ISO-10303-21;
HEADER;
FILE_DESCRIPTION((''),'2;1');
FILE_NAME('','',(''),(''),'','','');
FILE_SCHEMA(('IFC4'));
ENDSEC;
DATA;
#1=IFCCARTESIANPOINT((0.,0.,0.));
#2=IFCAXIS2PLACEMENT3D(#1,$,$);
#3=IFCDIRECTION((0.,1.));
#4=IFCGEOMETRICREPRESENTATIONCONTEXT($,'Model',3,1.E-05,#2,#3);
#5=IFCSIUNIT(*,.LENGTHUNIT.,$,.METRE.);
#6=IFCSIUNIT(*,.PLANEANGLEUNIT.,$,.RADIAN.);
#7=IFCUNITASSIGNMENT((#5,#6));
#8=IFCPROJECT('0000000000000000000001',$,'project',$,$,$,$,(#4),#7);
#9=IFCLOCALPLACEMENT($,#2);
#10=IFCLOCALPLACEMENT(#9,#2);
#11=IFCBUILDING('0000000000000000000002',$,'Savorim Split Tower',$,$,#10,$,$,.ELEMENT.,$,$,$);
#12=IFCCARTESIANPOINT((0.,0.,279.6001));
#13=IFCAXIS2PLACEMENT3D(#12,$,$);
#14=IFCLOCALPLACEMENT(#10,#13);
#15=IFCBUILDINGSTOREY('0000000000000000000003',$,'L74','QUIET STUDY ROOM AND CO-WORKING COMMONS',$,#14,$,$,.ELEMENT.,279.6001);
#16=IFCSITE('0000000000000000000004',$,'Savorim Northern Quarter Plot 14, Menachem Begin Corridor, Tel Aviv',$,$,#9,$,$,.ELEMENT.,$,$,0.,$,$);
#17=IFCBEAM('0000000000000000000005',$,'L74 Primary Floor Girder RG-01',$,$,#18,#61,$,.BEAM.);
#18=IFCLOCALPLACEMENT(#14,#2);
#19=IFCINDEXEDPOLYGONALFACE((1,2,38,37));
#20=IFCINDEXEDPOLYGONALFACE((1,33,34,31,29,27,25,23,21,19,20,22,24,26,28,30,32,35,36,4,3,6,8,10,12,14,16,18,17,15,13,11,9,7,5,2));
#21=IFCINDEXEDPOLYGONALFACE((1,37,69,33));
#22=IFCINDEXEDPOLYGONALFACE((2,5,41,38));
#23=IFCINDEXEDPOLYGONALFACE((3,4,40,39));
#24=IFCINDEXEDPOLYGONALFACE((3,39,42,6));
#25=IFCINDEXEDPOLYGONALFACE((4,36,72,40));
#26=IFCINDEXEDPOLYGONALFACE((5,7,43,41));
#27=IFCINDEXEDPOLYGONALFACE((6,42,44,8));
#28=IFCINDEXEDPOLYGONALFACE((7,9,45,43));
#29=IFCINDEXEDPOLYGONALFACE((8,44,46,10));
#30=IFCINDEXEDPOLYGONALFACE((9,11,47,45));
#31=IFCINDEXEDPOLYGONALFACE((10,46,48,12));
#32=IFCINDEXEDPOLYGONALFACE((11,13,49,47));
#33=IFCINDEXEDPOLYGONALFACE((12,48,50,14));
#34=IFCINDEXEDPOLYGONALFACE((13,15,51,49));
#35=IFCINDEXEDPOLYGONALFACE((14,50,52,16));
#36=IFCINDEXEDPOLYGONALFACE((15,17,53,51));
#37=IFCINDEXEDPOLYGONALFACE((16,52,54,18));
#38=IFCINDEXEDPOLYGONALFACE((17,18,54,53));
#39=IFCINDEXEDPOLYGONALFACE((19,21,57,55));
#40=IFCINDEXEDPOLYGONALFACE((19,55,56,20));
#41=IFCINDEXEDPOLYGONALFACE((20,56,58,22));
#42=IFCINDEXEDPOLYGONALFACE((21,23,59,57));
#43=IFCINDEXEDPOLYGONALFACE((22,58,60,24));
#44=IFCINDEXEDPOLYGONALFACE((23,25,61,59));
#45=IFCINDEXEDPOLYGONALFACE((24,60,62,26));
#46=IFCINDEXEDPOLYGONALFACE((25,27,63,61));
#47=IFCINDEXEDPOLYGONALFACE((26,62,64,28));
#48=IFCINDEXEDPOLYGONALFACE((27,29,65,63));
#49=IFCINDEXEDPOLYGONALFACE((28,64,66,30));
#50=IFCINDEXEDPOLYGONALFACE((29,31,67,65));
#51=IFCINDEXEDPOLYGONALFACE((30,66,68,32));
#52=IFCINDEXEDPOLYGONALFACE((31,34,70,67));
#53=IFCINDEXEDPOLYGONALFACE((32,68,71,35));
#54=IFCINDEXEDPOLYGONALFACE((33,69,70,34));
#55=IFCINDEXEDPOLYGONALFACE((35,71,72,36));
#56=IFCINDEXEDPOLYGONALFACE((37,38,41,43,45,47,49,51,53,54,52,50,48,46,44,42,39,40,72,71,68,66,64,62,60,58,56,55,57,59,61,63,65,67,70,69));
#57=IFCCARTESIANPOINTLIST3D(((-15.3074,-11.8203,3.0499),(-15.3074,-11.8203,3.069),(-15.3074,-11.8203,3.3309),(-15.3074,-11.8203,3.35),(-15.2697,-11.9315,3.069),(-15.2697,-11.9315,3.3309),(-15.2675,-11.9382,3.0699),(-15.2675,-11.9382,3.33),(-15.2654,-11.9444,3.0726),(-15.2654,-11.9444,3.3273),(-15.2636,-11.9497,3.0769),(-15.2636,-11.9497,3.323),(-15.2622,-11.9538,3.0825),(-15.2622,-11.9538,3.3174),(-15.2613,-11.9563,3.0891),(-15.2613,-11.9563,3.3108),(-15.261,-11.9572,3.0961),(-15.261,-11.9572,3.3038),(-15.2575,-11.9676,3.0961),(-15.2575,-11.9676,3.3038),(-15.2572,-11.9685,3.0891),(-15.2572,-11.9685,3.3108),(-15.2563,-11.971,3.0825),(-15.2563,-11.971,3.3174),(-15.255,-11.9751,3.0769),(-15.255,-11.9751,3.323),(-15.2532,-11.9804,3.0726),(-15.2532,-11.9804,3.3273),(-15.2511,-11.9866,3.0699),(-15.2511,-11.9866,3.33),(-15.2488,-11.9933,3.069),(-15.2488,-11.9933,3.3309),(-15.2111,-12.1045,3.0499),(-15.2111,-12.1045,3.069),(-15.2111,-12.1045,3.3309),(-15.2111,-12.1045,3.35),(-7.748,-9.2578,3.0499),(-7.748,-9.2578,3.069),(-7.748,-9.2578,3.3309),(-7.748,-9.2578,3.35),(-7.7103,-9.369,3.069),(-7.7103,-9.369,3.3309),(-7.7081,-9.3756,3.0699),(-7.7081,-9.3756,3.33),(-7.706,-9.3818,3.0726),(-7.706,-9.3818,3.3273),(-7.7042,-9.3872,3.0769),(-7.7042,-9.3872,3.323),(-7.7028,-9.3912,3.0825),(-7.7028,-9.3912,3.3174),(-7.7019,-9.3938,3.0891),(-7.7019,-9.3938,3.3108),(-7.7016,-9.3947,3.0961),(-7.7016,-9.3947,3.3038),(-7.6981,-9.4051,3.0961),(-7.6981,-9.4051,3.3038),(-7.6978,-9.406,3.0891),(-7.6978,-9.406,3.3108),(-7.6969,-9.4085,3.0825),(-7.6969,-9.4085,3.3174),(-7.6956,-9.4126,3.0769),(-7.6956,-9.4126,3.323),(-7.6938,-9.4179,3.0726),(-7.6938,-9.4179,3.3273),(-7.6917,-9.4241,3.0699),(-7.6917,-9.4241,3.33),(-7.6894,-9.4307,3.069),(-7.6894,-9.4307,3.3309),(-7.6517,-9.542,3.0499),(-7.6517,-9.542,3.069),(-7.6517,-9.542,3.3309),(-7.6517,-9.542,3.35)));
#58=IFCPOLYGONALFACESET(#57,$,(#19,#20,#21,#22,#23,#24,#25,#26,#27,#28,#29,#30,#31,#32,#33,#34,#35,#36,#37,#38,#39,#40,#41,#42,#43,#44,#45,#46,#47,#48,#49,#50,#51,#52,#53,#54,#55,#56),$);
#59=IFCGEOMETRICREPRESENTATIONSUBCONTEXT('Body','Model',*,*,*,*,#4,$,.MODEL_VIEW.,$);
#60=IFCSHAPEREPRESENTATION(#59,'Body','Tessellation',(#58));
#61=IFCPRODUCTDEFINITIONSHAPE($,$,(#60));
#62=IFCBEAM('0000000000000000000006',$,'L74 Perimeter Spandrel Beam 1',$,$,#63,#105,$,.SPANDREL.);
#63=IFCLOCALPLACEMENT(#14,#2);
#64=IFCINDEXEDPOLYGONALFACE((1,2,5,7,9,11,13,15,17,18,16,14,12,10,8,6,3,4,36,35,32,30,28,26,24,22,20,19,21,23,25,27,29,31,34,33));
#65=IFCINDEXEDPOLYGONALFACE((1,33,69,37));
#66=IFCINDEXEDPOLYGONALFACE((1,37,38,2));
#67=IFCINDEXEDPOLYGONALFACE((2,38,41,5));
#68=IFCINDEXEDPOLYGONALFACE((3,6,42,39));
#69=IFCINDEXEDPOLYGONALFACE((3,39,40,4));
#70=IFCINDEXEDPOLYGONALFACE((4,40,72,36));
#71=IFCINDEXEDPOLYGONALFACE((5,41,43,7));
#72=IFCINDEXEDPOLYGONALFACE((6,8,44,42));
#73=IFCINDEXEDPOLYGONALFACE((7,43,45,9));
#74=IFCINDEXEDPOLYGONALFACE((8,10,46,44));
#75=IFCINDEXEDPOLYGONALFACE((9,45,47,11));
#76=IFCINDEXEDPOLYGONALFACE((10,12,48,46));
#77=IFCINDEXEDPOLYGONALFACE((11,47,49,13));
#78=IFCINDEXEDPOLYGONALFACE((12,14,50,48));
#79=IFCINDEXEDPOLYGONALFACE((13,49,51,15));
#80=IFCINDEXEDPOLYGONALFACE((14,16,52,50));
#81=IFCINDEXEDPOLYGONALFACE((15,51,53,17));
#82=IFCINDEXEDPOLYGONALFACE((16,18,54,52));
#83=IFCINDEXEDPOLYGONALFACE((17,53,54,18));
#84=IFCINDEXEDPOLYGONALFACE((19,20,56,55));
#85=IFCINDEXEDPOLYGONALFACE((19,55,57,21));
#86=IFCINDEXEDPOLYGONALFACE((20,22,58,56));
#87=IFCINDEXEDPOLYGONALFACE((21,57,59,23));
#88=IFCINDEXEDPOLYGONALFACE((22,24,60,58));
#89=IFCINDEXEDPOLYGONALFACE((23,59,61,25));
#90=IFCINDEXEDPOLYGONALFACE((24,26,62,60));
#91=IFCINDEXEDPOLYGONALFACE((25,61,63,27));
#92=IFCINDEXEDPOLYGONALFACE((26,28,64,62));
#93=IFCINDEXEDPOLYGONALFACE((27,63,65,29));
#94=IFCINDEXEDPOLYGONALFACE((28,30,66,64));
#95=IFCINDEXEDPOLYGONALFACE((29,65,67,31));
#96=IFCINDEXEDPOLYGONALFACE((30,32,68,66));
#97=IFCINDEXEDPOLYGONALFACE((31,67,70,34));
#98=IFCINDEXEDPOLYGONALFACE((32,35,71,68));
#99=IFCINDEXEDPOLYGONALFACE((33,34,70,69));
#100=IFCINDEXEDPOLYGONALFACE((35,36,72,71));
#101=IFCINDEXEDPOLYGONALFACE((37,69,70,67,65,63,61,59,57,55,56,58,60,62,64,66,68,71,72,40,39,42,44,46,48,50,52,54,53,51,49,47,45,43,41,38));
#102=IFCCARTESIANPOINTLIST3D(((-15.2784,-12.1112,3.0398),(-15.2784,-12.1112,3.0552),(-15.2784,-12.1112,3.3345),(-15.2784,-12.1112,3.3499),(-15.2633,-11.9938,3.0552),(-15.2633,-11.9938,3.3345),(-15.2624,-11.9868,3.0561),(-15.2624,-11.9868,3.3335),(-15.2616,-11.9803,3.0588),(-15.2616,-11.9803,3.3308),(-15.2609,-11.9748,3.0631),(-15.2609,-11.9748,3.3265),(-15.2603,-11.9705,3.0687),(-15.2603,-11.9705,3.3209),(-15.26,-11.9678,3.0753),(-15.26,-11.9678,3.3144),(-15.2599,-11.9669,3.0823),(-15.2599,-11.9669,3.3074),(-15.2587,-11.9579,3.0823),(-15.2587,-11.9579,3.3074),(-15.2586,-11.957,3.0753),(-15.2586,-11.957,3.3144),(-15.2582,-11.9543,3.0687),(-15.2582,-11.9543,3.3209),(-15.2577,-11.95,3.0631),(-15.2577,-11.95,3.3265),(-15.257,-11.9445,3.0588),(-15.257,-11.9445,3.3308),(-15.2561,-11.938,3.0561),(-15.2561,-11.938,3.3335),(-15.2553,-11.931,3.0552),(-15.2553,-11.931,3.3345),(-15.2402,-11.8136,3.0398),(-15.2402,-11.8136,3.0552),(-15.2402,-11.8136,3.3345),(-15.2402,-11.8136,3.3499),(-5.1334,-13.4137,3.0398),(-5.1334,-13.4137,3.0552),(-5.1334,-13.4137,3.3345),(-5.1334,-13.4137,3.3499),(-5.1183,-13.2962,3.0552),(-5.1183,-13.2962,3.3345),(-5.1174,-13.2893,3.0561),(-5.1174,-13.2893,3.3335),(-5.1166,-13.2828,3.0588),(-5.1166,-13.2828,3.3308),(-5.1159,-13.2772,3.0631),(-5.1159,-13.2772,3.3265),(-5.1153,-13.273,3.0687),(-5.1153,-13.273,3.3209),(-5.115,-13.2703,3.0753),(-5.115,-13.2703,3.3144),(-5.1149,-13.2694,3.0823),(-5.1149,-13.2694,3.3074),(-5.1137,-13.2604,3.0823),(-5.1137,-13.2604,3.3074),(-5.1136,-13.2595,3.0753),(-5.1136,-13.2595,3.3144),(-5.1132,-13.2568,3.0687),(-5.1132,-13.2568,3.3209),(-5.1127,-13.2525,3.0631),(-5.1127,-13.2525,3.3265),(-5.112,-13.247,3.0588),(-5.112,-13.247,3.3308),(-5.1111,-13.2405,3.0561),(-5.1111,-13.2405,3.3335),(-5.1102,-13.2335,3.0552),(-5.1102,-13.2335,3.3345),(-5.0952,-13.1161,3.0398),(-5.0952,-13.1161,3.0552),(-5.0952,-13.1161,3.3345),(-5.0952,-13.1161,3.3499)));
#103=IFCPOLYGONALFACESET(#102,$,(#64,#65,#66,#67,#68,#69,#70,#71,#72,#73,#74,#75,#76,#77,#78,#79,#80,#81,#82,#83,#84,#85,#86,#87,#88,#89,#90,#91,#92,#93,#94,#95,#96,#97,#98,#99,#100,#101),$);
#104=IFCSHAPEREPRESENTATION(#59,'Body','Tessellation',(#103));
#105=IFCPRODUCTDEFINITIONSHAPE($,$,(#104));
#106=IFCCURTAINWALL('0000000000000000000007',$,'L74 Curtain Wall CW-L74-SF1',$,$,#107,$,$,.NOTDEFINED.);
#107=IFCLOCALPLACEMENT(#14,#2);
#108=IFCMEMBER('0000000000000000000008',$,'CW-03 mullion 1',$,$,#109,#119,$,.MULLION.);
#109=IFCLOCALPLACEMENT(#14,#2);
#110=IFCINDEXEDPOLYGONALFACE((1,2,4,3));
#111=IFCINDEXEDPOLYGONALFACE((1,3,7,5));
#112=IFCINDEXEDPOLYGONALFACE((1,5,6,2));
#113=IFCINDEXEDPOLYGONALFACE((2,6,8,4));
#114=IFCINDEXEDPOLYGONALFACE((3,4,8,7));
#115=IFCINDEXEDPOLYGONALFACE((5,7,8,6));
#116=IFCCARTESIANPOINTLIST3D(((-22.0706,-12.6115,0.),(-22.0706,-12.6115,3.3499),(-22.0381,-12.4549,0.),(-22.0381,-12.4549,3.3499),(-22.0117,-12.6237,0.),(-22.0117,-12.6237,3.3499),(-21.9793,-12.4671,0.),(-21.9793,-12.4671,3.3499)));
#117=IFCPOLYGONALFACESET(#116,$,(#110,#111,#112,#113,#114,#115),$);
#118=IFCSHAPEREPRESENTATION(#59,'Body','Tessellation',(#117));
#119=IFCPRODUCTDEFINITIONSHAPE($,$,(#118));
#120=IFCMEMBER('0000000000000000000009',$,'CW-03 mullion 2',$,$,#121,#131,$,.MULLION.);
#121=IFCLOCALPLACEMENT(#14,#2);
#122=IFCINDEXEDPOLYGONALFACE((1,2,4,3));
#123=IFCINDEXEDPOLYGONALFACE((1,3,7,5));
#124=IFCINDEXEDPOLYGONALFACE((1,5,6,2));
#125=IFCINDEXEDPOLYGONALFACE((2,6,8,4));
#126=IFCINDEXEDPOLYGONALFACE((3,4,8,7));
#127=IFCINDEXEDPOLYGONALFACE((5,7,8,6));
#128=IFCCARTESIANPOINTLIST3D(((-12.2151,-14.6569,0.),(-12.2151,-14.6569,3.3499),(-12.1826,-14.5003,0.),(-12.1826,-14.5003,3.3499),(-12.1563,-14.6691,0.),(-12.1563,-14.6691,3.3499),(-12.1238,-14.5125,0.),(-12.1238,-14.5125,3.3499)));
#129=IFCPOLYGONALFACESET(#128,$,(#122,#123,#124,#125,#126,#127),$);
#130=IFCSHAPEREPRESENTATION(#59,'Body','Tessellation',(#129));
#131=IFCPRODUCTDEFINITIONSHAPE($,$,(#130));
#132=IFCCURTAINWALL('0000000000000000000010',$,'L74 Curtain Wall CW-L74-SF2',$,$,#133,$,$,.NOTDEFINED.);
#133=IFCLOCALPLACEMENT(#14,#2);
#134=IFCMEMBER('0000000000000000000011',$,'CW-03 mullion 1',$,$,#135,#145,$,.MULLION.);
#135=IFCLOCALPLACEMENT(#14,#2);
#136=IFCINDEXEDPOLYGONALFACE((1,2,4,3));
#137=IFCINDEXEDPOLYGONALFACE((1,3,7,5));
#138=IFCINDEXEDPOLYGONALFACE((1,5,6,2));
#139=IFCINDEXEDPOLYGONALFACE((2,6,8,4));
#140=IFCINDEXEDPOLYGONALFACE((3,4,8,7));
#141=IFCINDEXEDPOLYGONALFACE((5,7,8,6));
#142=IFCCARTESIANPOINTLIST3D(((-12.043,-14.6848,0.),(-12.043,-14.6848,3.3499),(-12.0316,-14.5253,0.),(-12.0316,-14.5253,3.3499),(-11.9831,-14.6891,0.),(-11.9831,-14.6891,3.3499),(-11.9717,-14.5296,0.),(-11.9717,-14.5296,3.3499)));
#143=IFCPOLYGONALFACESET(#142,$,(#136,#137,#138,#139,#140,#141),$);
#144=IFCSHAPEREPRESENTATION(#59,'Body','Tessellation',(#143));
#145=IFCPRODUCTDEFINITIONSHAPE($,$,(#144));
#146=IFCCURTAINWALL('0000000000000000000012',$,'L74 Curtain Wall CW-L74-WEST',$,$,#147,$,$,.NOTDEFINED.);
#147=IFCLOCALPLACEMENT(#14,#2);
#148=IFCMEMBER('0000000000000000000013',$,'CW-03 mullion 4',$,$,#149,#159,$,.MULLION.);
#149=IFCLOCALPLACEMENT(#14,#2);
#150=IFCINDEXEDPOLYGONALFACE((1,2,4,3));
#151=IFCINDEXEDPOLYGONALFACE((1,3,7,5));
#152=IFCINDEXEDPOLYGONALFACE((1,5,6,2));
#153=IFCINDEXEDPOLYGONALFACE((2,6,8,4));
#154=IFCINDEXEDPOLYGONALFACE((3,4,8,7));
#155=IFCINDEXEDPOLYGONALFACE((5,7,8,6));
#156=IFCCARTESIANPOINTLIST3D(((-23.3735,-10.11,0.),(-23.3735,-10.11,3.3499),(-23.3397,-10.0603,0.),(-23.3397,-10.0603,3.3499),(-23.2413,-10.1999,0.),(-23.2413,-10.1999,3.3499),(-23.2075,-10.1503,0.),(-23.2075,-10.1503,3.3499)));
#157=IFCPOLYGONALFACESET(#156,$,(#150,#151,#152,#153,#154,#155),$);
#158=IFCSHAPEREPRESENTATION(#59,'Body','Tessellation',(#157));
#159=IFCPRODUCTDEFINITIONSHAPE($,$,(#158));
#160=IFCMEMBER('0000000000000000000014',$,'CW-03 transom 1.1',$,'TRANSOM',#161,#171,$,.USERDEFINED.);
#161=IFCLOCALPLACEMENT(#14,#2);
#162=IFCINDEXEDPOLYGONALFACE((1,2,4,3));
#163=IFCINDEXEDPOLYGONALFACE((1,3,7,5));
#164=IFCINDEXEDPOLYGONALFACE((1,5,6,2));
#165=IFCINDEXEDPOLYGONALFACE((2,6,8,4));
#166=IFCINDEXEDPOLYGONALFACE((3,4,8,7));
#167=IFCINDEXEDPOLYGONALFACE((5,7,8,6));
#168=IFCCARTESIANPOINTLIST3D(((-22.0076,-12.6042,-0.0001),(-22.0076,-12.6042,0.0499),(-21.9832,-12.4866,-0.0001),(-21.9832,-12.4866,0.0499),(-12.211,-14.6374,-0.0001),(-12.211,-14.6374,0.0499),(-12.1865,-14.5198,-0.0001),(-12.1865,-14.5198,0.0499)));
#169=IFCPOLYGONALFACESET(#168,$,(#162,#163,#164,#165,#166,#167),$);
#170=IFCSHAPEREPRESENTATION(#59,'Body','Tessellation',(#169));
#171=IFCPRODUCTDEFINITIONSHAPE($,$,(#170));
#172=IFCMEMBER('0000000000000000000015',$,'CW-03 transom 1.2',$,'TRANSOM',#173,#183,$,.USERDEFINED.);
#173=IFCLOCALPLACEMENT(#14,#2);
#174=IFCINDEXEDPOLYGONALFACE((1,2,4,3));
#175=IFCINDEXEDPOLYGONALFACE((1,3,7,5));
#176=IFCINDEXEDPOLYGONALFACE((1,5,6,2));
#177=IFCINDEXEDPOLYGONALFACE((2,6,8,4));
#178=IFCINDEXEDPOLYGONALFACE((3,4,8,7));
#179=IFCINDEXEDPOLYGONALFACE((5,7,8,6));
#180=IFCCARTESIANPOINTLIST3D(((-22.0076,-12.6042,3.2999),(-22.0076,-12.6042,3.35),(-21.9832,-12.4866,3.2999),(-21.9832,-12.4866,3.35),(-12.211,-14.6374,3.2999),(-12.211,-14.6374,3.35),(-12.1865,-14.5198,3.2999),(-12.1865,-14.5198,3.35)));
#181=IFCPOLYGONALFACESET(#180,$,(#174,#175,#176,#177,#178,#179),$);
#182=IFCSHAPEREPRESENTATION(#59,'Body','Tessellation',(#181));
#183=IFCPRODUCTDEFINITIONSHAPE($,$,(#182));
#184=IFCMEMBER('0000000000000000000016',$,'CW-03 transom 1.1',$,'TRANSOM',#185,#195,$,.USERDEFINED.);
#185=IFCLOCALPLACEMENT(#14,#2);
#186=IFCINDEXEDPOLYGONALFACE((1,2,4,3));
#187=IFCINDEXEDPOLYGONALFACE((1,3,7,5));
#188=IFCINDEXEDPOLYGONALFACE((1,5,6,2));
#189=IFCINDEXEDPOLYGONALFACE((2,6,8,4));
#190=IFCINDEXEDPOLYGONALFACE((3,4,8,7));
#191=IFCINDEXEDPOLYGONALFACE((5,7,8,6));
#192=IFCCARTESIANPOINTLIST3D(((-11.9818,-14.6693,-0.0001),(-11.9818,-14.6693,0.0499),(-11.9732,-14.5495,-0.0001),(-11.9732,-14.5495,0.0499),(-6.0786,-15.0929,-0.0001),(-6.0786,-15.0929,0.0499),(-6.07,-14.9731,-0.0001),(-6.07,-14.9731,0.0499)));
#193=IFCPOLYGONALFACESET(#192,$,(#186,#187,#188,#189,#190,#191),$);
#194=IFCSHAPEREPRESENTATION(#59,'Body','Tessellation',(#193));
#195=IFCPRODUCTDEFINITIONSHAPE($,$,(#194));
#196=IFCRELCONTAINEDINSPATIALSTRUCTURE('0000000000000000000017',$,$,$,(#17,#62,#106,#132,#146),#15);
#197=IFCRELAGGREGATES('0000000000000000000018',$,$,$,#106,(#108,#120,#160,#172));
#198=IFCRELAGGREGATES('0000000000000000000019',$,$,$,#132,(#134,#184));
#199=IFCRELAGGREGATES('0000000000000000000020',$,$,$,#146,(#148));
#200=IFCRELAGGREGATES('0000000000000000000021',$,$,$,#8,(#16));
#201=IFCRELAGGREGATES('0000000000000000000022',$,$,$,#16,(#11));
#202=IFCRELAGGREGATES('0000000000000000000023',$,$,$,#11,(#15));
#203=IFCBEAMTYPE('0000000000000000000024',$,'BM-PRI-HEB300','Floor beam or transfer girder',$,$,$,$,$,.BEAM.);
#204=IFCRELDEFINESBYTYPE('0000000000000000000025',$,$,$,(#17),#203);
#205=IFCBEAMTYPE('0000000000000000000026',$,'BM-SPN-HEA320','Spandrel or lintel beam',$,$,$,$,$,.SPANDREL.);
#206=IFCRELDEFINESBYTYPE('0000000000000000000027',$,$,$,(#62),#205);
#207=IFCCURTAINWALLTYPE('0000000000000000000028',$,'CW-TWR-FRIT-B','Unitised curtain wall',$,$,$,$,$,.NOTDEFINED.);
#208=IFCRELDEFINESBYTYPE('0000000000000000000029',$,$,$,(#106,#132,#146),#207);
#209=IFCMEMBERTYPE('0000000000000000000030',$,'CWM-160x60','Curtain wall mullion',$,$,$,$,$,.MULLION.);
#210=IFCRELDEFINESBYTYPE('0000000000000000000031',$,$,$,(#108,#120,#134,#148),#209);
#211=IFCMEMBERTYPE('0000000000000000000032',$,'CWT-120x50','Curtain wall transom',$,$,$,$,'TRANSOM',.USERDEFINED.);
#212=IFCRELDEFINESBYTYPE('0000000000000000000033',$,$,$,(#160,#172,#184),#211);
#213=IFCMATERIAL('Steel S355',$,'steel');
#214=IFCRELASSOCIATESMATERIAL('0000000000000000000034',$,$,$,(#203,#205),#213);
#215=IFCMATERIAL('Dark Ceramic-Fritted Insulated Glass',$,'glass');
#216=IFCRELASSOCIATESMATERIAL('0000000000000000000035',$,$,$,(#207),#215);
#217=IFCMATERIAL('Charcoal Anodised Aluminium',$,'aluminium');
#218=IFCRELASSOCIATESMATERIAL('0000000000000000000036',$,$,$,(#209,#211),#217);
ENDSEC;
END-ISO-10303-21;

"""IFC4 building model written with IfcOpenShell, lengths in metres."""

from ifc_helpers import new_model, si_unit, direction, frame, origin, origin_2d, place, context, subcontext, project, spatial, rectangle, i_section, extrude, material, material_profile, profile_set, type_object, element, aggregate, save


model = new_model("IFC4")

# Units and contexts
model_context = context("Model", 3, precision=1e-05, world=origin(), true_north=direction((0.0, 1.0)))
body_context = subcontext(model_context, "Body", "Model", "MODEL_VIEW")
ifc_project = project(units=[si_unit("LENGTHUNIT", "METRE"), si_unit("PLANEANGLEUNIT", "RADIAN")], contexts=[model_context])

# Site, building, storey
site_placement = place(None, origin())
site = spatial("IfcSite", under=ifc_project, at=site_placement, Name="Savorim Northern Quarter Plot 14, Menachem Begin Corridor, Tel Aviv", CompositionType="ELEMENT", RefElevation=0.0)
building_placement = place(site_placement, origin())
building = spatial("IfcBuilding", under=site, at=building_placement, Name="Savorim Split Tower", CompositionType="ELEMENT")
storey_placement = place(building_placement, frame((0.0, 0.0, 279.6001)))
storey = spatial("IfcBuildingStorey", under=building, at=storey_placement, Name="L74", Description="QUIET STUDY ROOM AND CO-WORKING COMMONS", CompositionType="ELEMENT", Elevation=279.6001)

# Shared definitions
ifc_material_1 = material(Name="Steel S355", Category="steel")

# Beams
ifc_material_profile_1 = material_profile(ifc_material_1, i_section(OverallWidth=0.3, OverallDepth=0.3, WebThickness=0.011, FlangeThickness=0.019, FilletRadius=0.0271, at=origin_2d()), Name="HEB 300")
ifc_profile_set_1 = profile_set([ifc_material_profile_1], Name="Steel S355")
beam_type_1 = type_object("IfcBeamType", Name="BM-PRI-HEB300", Description="Floor beam or transfer girder", PredefinedType="BEAM", material=ifc_profile_set_1)
beam_1_placement = place(storey_placement, frame((-15.2593, -11.9624, 3.2), z_axis=(0.947065, 0.321041, 0.0), x_axis=(-0.321041, 0.947065, 0.0)))
element("IfcBeam", 1, at=beam_1_placement, inside=storey, type_object=beam_type_1, Name="L74 Primary Floor Girder RG-01", PredefinedType="BEAM", context=body_context, shape_type="SweptSolid", body=[
    extrude(i_section(OverallWidth=0.3, OverallDepth=0.3, WebThickness=0.011, FlangeThickness=0.019, FilletRadius=0.0271, at=origin_2d()), origin(), (0.0, 0.0, 1.0), 7.9819),
])
ifc_material_profile_2 = material_profile(ifc_material_1, i_section(OverallWidth=0.3, OverallDepth=0.3101, WebThickness=0.009, FlangeThickness=0.0154, FilletRadius=0.0271, at=origin_2d()), Name="HEA 320")
ifc_profile_set_2 = profile_set([ifc_material_profile_2], Name="Steel S355")
beam_type_2 = type_object("IfcBeamType", Name="BM-SPN-HEA320", Description="Spandrel or lintel beam", PredefinedType="SPANDREL", material=ifc_profile_set_2)
beam_2_placement = place(storey_placement, frame((-15.2593, -11.9624, 3.1948), z_axis=(0.991859, -0.127342, 0.0), x_axis=(0.127342, 0.991859, 0.0)))
element("IfcBeam", 2, at=beam_2_placement, inside=storey, type_object=beam_type_2, Name="L74 Perimeter Spandrel Beam 1", PredefinedType="SPANDREL", context=body_context, shape_type="SweptSolid", body=[
    extrude(i_section(OverallWidth=0.3, OverallDepth=0.3101, WebThickness=0.009, FlangeThickness=0.0154, FilletRadius=0.0271, at=origin_2d()), origin(), (0.0, 0.0, 1.0), 10.2283),
])

# Curtain wall, members
ifc_material_2 = material(Name="Dark Ceramic-Fritted Insulated Glass", Category="glass")
curtain_wall_type = type_object("IfcCurtainWallType", Name="CW-TWR-FRIT-B", Description="Unitised curtain wall", PredefinedType="NOTDEFINED", material=ifc_material_2)
curtain_wall_1_placement = place(storey_placement, origin())
curtain_wall_1 = element("IfcCurtainWall", 3, at=curtain_wall_1_placement, inside=storey, type_object=curtain_wall_type, Name="L74 Curtain Wall CW-L74-SF1", PredefinedType="NOTDEFINED")
ifc_material_3 = material(Name="Charcoal Anodised Aluminium", Category="aluminium")
ifc_material_profile_3 = material_profile(ifc_material_3, rectangle(XDim=0.1599, YDim=0.0601, at=origin_2d()), Name="ALU-M 160x60")
ifc_profile_set_3 = profile_set([ifc_material_profile_3], Name="Charcoal Anodised Aluminium")
member_type_1 = type_object("IfcMemberType", Name="CWM-160x60", Description="Curtain wall mullion", PredefinedType="MULLION", material=ifc_profile_set_3)
member_1_placement = place(storey_placement, frame((-22.0249, -12.5393, 0.0), z_axis=(0.0, 0.0, 1.0), x_axis=(0.203212, 0.979135, 0.0)))
member_1 = element("IfcMember", 4, at=member_1_placement, type_object=member_type_1, Name="CW-03 mullion 1", PredefinedType="MULLION", context=body_context, shape_type="SweptSolid", body=[
    extrude(rectangle(XDim=0.1599, YDim=0.0601, at=origin_2d()), origin(), (0.0, 0.0, 1.0), 3.3499),
])
member_2_placement = place(storey_placement, frame((-12.1694, -14.5847, 0.0), z_axis=(0.0, 0.0, 1.0), x_axis=(0.203212, 0.979135, 0.0)))
member_2 = element("IfcMember", 5, at=member_2_placement, type_object=member_type_1, Name="CW-03 mullion 2", PredefinedType="MULLION", context=body_context, shape_type="SweptSolid", body=[
    extrude(rectangle(XDim=0.1599, YDim=0.0601, at=origin_2d()), origin(), (0.0, 0.0, 1.0), 3.3499),
])

# Curtain walls, members
curtain_wall_2_placement = place(storey_placement, origin())
curtain_wall_2 = element("IfcCurtainWall", 6, at=curtain_wall_2_placement, inside=storey, type_object=curtain_wall_type, Name="L74 Curtain Wall CW-L74-SF2", PredefinedType="NOTDEFINED")
member_3_placement = place(storey_placement, frame((-12.0073, -14.6072, 0.0), z_axis=(0.0, 0.0, 1.0), x_axis=(0.071558, 0.997436, 0.0)))
member_3 = element("IfcMember", 7, at=member_3_placement, type_object=member_type_1, Name="CW-03 mullion 1", PredefinedType="MULLION", context=body_context, shape_type="SweptSolid", body=[
    extrude(rectangle(XDim=0.1599, YDim=0.0601, at=origin_2d()), origin(), (0.0, 0.0, 1.0), 3.3499),
])
curtain_wall_3_placement = place(storey_placement, origin())
curtain_wall_3 = element("IfcCurtainWall", 8, at=curtain_wall_3_placement, inside=storey, type_object=curtain_wall_type, Name="L74 Curtain Wall CW-L74-WEST", PredefinedType="NOTDEFINED")
member_4_placement = place(storey_placement, frame((-23.2905, -10.1301, 0.0), z_axis=(0.0, 0.0, 1.0), x_axis=(0.826818, -0.56247, 0.0)))
member_4 = element("IfcMember", 9, at=member_4_placement, type_object=member_type_1, Name="CW-03 mullion 4", PredefinedType="MULLION", context=body_context, shape_type="SweptSolid", body=[
    extrude(rectangle(XDim=0.1599, YDim=0.0601, at=origin_2d()), origin(), (0.0, 0.0, 1.0), 3.3499),
])

# Members
ifc_material_profile_4 = material_profile(ifc_material_3, rectangle(XDim=0.1201, YDim=0.05, at=origin_2d()), Name="ALU-T 120x50")
ifc_profile_set_4 = profile_set([ifc_material_profile_4], Name="Charcoal Anodised Aluminium")
member_type_2 = type_object("IfcMemberType", Name="CWT-120x50", Description="Curtain wall transom", ElementType="TRANSOM", PredefinedType="USERDEFINED", material=ifc_profile_set_4)
member_5_placement = place(storey_placement, frame((-21.9954, -12.5454, 0.0249), z_axis=(0.979135, -0.203211, 0.0), x_axis=(0.203211, 0.979135, 0.0)))
member_5 = element("IfcMember", 10, at=member_5_placement, type_object=member_type_2, Name="CW-03 transom 1.1", ObjectType="TRANSOM", PredefinedType="USERDEFINED", context=body_context, shape_type="SweptSolid", body=[
    extrude(rectangle(XDim=0.1201, YDim=0.05, at=origin_2d()), origin(), (0.0, 0.0, 1.0), 10.0054),
])
member_6_placement = place(storey_placement, frame((-21.9954, -12.5454, 3.325), z_axis=(0.979135, -0.203211, 0.0), x_axis=(0.203211, 0.979135, 0.0)))
member_6 = element("IfcMember", 11, at=member_6_placement, type_object=member_type_2, Name="CW-03 transom 1.2", ObjectType="TRANSOM", PredefinedType="USERDEFINED", context=body_context, shape_type="SweptSolid", body=[
    extrude(rectangle(XDim=0.1201, YDim=0.05, at=origin_2d()), origin(), (0.0, 0.0, 1.0), 10.0054),
])
member_7_placement = place(storey_placement, frame((-11.9775, -14.6094, 0.0249), z_axis=(0.997436, -0.07157, 0.0), x_axis=(0.07157, 0.997436, 0.0)))
member_7 = element("IfcMember", 12, at=member_7_placement, type_object=member_type_2, Name="CW-03 transom 1.1", ObjectType="TRANSOM", PredefinedType="USERDEFINED", context=body_context, shape_type="SweptSolid", body=[
    extrude(rectangle(XDim=0.1201, YDim=0.05, at=origin_2d()), origin(), (0.0, 0.0, 1.0), 5.9185),
])

aggregate(curtain_wall_1, [member_1, member_2, member_5, member_6])
aggregate(curtain_wall_2, [member_3, member_7])
aggregate(curtain_wall_3, [member_4])

save(model, "model.ifc")
